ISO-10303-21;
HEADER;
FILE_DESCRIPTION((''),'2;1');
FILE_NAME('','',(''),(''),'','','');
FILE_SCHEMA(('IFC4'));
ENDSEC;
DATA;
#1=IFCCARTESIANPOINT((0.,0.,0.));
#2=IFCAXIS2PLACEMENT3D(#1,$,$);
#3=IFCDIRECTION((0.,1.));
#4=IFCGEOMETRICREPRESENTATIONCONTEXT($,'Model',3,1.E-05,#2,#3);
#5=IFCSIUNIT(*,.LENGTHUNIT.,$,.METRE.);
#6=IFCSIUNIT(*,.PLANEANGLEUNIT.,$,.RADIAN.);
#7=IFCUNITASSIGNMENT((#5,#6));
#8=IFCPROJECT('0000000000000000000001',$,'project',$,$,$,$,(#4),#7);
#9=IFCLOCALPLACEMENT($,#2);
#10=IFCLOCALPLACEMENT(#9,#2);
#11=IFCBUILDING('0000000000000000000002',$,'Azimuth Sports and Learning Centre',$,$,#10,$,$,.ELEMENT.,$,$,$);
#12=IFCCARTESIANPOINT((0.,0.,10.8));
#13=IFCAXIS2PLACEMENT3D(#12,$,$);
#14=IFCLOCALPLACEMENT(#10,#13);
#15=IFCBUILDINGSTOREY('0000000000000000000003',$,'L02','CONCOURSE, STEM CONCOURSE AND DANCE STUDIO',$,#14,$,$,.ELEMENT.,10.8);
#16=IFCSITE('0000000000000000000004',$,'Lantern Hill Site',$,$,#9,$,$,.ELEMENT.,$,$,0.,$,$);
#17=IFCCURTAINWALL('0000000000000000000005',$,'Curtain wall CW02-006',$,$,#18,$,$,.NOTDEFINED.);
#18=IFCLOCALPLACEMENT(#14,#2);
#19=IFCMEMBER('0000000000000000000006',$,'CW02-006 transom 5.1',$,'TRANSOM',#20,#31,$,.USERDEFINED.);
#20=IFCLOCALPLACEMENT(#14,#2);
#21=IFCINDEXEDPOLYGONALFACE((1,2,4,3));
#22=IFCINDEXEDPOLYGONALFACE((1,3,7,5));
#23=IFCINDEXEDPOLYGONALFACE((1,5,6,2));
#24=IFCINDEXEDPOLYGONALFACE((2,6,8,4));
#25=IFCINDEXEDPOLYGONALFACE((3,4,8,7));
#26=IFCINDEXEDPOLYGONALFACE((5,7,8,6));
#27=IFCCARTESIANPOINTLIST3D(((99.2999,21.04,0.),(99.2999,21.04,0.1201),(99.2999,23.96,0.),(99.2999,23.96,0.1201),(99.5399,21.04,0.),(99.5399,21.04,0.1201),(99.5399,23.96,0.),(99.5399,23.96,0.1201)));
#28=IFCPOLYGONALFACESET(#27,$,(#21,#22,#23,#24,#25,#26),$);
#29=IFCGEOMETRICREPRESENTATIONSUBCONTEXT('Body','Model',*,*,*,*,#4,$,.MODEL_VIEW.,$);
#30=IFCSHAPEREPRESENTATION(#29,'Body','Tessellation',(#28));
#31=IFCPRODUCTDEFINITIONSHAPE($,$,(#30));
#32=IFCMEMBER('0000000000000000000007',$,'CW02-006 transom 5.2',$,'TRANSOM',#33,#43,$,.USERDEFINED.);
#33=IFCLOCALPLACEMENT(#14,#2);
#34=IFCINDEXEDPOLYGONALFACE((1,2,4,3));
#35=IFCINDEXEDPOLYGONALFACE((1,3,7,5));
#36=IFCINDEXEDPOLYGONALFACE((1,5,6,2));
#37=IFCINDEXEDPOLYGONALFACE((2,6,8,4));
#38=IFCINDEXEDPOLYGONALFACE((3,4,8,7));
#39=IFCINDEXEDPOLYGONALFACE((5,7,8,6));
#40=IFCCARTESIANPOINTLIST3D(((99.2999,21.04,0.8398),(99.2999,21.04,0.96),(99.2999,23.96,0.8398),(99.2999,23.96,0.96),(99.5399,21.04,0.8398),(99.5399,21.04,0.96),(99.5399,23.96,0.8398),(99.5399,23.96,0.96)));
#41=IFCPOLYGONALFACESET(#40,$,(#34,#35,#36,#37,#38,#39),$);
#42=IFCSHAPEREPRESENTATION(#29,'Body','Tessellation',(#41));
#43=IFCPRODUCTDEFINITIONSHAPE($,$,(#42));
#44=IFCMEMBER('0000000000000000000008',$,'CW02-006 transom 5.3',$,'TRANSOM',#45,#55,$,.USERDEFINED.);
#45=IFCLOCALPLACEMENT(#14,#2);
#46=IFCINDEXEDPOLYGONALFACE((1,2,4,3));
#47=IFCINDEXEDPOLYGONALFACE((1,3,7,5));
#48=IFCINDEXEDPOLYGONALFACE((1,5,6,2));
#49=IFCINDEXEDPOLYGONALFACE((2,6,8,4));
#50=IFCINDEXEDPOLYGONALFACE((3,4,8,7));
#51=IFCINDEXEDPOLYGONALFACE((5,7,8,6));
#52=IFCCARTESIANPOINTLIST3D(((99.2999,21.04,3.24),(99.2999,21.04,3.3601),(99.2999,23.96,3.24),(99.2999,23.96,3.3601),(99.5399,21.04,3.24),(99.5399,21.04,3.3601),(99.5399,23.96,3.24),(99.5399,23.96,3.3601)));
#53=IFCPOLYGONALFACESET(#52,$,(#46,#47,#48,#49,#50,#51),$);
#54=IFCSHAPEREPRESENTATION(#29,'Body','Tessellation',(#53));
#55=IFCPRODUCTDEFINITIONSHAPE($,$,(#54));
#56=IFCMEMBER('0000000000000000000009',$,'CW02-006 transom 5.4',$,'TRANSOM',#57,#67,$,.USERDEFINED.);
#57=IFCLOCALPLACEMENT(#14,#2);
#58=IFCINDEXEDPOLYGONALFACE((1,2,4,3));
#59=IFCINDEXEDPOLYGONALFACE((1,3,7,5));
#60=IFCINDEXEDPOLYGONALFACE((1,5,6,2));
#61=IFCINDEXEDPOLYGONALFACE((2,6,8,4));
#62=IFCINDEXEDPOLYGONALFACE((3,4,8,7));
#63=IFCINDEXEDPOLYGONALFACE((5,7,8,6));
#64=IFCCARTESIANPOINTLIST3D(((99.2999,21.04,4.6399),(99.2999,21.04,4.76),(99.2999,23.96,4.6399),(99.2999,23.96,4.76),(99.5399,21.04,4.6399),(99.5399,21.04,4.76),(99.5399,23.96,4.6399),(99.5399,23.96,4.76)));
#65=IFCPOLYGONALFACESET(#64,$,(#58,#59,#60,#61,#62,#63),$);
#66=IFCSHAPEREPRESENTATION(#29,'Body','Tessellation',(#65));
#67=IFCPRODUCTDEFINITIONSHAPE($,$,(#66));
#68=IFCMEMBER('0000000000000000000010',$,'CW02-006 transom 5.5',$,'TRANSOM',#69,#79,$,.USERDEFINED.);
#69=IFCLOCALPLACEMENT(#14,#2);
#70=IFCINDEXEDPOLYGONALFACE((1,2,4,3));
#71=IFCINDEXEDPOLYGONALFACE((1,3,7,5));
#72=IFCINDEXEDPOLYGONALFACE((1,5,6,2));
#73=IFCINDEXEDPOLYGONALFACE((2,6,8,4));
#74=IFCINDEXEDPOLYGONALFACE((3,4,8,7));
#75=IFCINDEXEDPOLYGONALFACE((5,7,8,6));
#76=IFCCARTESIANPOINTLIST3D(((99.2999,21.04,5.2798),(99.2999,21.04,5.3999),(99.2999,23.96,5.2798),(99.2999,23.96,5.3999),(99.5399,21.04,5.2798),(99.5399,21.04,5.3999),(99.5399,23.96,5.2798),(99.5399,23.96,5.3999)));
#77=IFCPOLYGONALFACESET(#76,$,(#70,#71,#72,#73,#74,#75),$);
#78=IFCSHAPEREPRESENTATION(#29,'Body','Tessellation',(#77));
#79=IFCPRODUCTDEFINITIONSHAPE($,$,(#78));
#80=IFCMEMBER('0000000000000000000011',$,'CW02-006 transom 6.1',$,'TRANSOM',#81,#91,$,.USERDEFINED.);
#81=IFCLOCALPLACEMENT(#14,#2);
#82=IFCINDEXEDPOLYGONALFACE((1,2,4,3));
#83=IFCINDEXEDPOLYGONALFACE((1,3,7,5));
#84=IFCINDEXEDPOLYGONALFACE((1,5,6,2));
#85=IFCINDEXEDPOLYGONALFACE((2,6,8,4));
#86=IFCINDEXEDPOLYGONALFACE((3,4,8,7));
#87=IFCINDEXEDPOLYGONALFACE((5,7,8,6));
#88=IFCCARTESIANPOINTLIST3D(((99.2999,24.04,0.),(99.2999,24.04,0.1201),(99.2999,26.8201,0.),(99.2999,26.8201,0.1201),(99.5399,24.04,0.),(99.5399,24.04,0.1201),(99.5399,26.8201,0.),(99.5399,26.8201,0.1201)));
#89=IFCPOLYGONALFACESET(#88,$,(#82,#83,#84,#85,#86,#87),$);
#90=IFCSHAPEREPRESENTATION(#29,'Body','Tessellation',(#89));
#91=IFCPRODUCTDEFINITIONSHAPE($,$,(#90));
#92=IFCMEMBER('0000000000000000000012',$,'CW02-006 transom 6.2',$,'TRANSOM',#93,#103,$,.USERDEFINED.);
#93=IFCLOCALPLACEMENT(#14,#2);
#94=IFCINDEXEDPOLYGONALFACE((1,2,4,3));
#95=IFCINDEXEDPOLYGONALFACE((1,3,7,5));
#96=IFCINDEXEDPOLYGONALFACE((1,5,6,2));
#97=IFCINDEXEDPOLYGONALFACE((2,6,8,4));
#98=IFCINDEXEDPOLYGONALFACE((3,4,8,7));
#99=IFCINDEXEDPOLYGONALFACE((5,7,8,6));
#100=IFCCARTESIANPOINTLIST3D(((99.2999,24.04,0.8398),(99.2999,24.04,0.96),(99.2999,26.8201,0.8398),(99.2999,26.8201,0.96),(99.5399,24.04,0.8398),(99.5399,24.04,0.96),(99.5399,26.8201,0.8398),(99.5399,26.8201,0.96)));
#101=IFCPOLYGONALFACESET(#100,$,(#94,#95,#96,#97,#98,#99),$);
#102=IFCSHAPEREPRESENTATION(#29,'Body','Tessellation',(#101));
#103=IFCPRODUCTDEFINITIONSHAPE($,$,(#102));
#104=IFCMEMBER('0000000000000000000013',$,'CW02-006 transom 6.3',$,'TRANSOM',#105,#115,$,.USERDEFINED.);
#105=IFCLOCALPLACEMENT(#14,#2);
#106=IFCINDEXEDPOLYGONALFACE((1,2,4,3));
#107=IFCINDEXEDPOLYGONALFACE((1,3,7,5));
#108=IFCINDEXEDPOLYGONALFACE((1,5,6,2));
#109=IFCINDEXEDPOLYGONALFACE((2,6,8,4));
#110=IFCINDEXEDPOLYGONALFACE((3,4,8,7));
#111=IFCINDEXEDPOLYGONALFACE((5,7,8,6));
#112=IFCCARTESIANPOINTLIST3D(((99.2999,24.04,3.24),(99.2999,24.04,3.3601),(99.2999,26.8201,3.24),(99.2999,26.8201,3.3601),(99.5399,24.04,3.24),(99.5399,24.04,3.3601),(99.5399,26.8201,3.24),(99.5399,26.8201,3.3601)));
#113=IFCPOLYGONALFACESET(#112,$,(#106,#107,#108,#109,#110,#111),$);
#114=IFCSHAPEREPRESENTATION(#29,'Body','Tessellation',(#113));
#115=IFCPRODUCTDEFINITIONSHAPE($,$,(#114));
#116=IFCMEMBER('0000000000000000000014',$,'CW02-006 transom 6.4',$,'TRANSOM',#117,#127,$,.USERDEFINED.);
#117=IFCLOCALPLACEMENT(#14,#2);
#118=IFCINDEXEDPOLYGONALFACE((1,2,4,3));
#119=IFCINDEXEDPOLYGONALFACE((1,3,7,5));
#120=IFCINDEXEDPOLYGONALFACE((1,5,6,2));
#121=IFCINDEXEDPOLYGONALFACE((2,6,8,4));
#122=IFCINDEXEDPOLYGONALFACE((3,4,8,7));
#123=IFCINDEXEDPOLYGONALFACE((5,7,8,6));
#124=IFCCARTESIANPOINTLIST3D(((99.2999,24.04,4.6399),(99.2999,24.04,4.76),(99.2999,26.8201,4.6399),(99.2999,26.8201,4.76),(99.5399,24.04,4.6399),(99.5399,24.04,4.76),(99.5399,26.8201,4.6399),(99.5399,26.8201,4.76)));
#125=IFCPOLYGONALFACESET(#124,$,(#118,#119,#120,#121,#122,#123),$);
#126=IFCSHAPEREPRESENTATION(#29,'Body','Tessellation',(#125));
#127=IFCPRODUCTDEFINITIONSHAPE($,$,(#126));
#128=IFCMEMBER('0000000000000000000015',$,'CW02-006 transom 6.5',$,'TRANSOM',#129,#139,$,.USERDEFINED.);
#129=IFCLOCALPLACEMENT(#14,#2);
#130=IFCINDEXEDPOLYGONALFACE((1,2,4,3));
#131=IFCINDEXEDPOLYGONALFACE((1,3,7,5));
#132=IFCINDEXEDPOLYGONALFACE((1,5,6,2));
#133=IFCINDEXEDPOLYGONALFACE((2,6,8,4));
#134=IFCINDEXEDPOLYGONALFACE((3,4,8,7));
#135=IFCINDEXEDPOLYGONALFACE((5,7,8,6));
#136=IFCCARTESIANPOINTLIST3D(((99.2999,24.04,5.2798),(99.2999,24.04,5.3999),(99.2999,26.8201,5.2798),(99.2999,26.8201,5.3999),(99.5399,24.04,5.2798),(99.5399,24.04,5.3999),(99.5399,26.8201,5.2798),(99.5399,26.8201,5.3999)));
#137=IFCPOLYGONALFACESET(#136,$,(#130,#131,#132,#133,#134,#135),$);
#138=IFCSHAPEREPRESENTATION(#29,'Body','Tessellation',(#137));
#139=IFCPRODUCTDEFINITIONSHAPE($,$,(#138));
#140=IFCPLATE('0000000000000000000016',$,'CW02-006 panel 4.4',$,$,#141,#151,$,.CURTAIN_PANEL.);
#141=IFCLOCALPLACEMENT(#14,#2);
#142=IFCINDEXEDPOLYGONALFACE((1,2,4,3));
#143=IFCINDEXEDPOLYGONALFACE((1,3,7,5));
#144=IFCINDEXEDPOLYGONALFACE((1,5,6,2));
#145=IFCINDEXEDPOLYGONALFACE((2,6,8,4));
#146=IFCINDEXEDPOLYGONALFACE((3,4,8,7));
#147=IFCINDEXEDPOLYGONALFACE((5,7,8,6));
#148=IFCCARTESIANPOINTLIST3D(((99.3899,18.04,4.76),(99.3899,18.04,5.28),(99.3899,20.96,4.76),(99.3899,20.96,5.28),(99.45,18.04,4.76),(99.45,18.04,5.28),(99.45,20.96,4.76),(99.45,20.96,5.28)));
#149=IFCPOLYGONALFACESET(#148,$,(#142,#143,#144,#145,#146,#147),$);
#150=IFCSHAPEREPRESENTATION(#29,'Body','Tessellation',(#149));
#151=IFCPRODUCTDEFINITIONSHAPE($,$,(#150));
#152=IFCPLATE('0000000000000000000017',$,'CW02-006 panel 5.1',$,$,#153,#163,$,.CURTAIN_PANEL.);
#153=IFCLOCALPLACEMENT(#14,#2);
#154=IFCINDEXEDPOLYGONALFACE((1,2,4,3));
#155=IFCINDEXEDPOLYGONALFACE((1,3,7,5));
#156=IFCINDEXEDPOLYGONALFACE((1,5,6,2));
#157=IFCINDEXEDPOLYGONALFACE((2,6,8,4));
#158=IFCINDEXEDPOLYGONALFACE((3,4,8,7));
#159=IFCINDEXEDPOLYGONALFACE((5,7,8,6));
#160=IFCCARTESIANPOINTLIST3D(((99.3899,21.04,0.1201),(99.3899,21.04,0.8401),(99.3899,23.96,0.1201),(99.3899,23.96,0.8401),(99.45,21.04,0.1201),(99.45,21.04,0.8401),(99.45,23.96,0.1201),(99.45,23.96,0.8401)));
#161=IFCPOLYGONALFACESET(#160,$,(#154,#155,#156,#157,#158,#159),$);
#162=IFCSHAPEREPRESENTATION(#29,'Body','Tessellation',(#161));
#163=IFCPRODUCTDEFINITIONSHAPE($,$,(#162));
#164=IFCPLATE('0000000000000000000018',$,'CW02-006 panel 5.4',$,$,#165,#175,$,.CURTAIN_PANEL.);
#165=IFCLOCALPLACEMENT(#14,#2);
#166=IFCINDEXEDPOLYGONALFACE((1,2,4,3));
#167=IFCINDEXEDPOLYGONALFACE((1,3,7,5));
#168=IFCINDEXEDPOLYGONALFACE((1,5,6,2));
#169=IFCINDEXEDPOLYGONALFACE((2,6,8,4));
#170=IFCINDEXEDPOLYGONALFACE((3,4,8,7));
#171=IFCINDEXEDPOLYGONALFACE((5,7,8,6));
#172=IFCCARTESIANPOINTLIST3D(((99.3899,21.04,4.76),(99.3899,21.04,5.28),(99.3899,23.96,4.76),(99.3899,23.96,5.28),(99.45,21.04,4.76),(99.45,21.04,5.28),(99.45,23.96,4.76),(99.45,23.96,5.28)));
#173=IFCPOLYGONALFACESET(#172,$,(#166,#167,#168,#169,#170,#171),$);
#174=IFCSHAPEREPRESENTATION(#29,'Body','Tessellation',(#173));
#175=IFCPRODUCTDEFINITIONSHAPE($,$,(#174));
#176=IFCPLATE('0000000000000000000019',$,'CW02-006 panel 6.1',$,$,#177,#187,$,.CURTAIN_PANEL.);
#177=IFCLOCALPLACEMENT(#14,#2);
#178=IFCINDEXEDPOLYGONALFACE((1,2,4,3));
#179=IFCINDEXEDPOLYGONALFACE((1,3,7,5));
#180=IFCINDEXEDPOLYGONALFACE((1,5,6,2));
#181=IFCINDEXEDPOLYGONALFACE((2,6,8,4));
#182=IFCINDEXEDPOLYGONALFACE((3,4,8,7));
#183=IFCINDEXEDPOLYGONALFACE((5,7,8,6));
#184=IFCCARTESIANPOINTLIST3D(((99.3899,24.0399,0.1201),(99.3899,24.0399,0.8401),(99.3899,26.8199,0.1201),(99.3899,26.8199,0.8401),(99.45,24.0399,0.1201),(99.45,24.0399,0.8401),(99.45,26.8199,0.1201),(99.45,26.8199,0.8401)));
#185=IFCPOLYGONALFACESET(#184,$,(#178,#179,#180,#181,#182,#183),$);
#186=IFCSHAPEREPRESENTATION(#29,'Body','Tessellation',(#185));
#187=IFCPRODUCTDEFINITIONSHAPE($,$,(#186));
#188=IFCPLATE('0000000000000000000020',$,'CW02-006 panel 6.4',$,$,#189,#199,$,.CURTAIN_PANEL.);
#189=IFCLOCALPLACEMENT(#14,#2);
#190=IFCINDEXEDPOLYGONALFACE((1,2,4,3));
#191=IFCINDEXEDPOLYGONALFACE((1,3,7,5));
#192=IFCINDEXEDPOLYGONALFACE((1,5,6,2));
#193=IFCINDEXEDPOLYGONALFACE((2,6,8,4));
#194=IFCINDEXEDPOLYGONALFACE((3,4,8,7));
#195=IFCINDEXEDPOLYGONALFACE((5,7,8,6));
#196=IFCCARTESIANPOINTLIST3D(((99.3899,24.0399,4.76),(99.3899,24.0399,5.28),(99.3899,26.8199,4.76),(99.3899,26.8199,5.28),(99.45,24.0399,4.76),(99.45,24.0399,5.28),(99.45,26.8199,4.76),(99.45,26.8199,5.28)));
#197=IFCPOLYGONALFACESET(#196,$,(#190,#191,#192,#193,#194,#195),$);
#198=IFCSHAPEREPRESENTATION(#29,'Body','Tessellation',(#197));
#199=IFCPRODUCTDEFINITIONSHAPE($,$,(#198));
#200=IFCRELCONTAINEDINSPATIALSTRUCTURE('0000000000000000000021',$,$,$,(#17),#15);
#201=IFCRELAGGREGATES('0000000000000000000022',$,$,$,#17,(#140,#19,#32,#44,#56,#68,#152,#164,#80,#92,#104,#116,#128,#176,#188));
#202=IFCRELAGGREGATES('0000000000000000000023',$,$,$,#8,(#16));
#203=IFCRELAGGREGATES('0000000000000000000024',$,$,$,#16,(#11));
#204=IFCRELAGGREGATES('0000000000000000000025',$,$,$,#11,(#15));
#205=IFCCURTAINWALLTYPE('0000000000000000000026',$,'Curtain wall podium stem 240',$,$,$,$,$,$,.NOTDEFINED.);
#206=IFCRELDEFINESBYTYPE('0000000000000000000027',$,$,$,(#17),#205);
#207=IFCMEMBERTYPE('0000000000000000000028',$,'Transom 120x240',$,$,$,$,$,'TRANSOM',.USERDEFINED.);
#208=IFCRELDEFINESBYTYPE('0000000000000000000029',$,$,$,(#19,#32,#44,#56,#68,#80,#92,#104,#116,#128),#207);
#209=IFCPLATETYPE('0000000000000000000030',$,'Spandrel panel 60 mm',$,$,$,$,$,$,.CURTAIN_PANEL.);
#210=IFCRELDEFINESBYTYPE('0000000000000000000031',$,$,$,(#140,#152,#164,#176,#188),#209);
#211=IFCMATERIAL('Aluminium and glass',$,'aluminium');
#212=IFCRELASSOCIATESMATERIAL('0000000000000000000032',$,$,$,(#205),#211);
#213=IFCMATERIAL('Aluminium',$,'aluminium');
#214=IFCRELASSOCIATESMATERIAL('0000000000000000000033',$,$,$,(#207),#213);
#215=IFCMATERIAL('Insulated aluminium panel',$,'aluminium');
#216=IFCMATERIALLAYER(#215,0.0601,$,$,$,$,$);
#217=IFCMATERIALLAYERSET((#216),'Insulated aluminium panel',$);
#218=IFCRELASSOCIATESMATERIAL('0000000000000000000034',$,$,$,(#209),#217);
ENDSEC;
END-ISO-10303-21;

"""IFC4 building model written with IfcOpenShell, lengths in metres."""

from ifc_helpers import new_model, si_unit, direction, frame, origin, origin_2d, place, context, subcontext, project, spatial, rectangle, extrude, material, layer, layer_set, material_profile, profile_set, type_object, element, aggregate, save


model = new_model("IFC4")

# Units and contexts
model_context = context("Model", 3, precision=1e-05, world=origin(), true_north=direction((0.0, 1.0)))
body_context = subcontext(model_context, "Body", "Model", "MODEL_VIEW")
ifc_project = project(units=[si_unit("LENGTHUNIT", "METRE"), si_unit("PLANEANGLEUNIT", "RADIAN")], contexts=[model_context])

# Site, building, storey
site_placement = place(None, origin())
site = spatial("IfcSite", under=ifc_project, at=site_placement, Name="Lantern Hill Site", CompositionType="ELEMENT", RefElevation=0.0)
building_placement = place(site_placement, origin())
building = spatial("IfcBuilding", under=site, at=building_placement, Name="Azimuth Sports and Learning Centre", CompositionType="ELEMENT")
storey_placement = place(building_placement, frame((0.0, 0.0, 10.8)))
storey = spatial("IfcBuildingStorey", under=building, at=storey_placement, Name="L02", Description="CONCOURSE, STEM CONCOURSE AND DANCE STUDIO", CompositionType="ELEMENT", Elevation=10.8)

# Curtain wall, members, plates
ifc_material_1 = material(Name="Aluminium and glass", Category="aluminium")
curtain_wall_type = type_object("IfcCurtainWallType", Name="Curtain wall podium stem 240", PredefinedType="NOTDEFINED", material=ifc_material_1)
curtain_wall_placement = place(storey_placement, origin())
curtain_wall = element("IfcCurtainWall", 1, at=curtain_wall_placement, inside=storey, type_object=curtain_wall_type, Name="Curtain wall CW02-006", PredefinedType="NOTDEFINED")
ifc_material_2 = material(Name="Aluminium", Category="aluminium")
ifc_material_profile_1 = material_profile(ifc_material_2, rectangle(XDim=0.24, YDim=0.1201, at=origin_2d()), Name="Transom 120x240")
ifc_profile_set_1 = profile_set([ifc_material_profile_1], Name="Aluminium")
member_type_1 = type_object("IfcMemberType", Name="Transom 120x240", ElementType="TRANSOM", PredefinedType="USERDEFINED", material=ifc_profile_set_1)
member_1_placement = place(storey_placement, frame((99.4199, 21.04, 0.0601), z_axis=(0.0, 1.0, 0.0), x_axis=(-1.0, 0.0, 0.0)))
member_1 = element("IfcMember", 2, at=member_1_placement, type_object=member_type_1, Name="CW02-006 transom 5.1", ObjectType="TRANSOM", PredefinedType="USERDEFINED", context=body_context, shape_type="SweptSolid", body=[
    extrude(rectangle(XDim=0.24, YDim=0.1201, at=origin_2d()), origin(), (0.0, 0.0, 1.0), 2.9199),
])
member_2_placement = place(storey_placement, frame((99.4199, 21.04, 0.8999), z_axis=(0.0, 1.0, 0.0), x_axis=(-1.0, 0.0, 0.0)))
member_2 = element("IfcMember", 3, at=member_2_placement, type_object=member_type_1, Name="CW02-006 transom 5.2", ObjectType="TRANSOM", PredefinedType="USERDEFINED", context=body_context, shape_type="SweptSolid", body=[
    extrude(rectangle(XDim=0.24, YDim=0.1201, at=origin_2d()), origin(), (0.0, 0.0, 1.0), 2.9199),
])
member_3_placement = place(storey_placement, frame((99.4199, 21.04, 3.3), z_axis=(0.0, 1.0, 0.0), x_axis=(-1.0, 0.0, 0.0)))
member_3 = element("IfcMember", 4, at=member_3_placement, type_object=member_type_1, Name="CW02-006 transom 5.3", ObjectType="TRANSOM", PredefinedType="USERDEFINED", context=body_context, shape_type="SweptSolid", body=[
    extrude(rectangle(XDim=0.24, YDim=0.1201, at=origin_2d()), origin(), (0.0, 0.0, 1.0), 2.9199),
])
member_4_placement = place(storey_placement, frame((99.4199, 21.04, 4.7), z_axis=(0.0, 1.0, 0.0), x_axis=(-1.0, 0.0, 0.0)))
member_4 = element("IfcMember", 5, at=member_4_placement, type_object=member_type_1, Name="CW02-006 transom 5.4", ObjectType="TRANSOM", PredefinedType="USERDEFINED", context=body_context, shape_type="SweptSolid", body=[
    extrude(rectangle(XDim=0.24, YDim=0.1201, at=origin_2d()), origin(), (0.0, 0.0, 1.0), 2.9199),
])
member_5_placement = place(storey_placement, frame((99.4199, 21.04, 5.3398), z_axis=(0.0, 1.0, 0.0), x_axis=(-1.0, 0.0, 0.0)))
member_5 = element("IfcMember", 6, at=member_5_placement, type_object=member_type_1, Name="CW02-006 transom 5.5", ObjectType="TRANSOM", PredefinedType="USERDEFINED", context=body_context, shape_type="SweptSolid", body=[
    extrude(rectangle(XDim=0.24, YDim=0.1201, at=origin_2d()), origin(), (0.0, 0.0, 1.0), 2.9199),
])
member_6_placement = place(storey_placement, frame((99.4199, 24.04, 0.0601), z_axis=(0.0, 1.0, 0.0), x_axis=(-1.0, 0.0, 0.0)))
member_6 = element("IfcMember", 7, at=member_6_placement, type_object=member_type_1, Name="CW02-006 transom 6.1", ObjectType="TRANSOM", PredefinedType="USERDEFINED", context=body_context, shape_type="SweptSolid", body=[
    extrude(rectangle(XDim=0.24, YDim=0.1201, at=origin_2d()), origin(), (0.0, 0.0, 1.0), 2.78),
])
member_7_placement = place(storey_placement, frame((99.4199, 24.04, 0.8999), z_axis=(0.0, 1.0, 0.0), x_axis=(-1.0, 0.0, 0.0)))
member_7 = element("IfcMember", 8, at=member_7_placement, type_object=member_type_1, Name="CW02-006 transom 6.2", ObjectType="TRANSOM", PredefinedType="USERDEFINED", context=body_context, shape_type="SweptSolid", body=[
    extrude(rectangle(XDim=0.24, YDim=0.1201, at=origin_2d()), origin(), (0.0, 0.0, 1.0), 2.78),
])
member_8_placement = place(storey_placement, frame((99.4199, 24.04, 3.3), z_axis=(0.0, 1.0, 0.0), x_axis=(-1.0, 0.0, 0.0)))
member_8 = element("IfcMember", 9, at=member_8_placement, type_object=member_type_1, Name="CW02-006 transom 6.3", ObjectType="TRANSOM", PredefinedType="USERDEFINED", context=body_context, shape_type="SweptSolid", body=[
    extrude(rectangle(XDim=0.24, YDim=0.1201, at=origin_2d()), origin(), (0.0, 0.0, 1.0), 2.78),
])
member_9_placement = place(storey_placement, frame((99.4199, 24.04, 4.7), z_axis=(0.0, 1.0, 0.0), x_axis=(-1.0, 0.0, 0.0)))
member_9 = element("IfcMember", 10, at=member_9_placement, type_object=member_type_1, Name="CW02-006 transom 6.4", ObjectType="TRANSOM", PredefinedType="USERDEFINED", context=body_context, shape_type="SweptSolid", body=[
    extrude(rectangle(XDim=0.24, YDim=0.1201, at=origin_2d()), origin(), (0.0, 0.0, 1.0), 2.78),
])
member_10_placement = place(storey_placement, frame((99.4199, 24.04, 5.3398), z_axis=(0.0, 1.0, 0.0), x_axis=(-1.0, 0.0, 0.0)))
member_10 = element("IfcMember", 11, at=member_10_placement, type_object=member_type_1, Name="CW02-006 transom 6.5", ObjectType="TRANSOM", PredefinedType="USERDEFINED", context=body_context, shape_type="SweptSolid", body=[
    extrude(rectangle(XDim=0.24, YDim=0.1201, at=origin_2d()), origin(), (0.0, 0.0, 1.0), 2.78),
])
ifc_material_3 = material(Name="Insulated aluminium panel", Category="aluminium")
ifc_layer_1 = layer(ifc_material_3, 0.0601)
ifc_layer_set_1 = layer_set([ifc_layer_1], Name="Insulated aluminium panel")
plate_type_1 = type_object("IfcPlateType", Name="Spandrel panel 60 mm", PredefinedType="CURTAIN_PANEL", material=ifc_layer_set_1)
plate_1_placement = place(storey_placement, frame((99.4199, 19.5, 4.76), z_axis=(0.0, 0.0, 1.0), x_axis=(0.0, 1.0, 0.0)))
plate_1 = element("IfcPlate", 12, at=plate_1_placement, type_object=plate_type_1, Name="CW02-006 panel 4.4", PredefinedType="CURTAIN_PANEL", context=body_context, shape_type="SweptSolid", body=[
    extrude(rectangle(XDim=2.9199, YDim=0.0601, at=origin_2d()), origin(), (0.0, 0.0, 1.0), 0.52),
])
plate_2_placement = place(storey_placement, frame((99.4199, 22.5, 0.1201), z_axis=(0.0, 0.0, 1.0), x_axis=(0.0, 1.0, 0.0)))
plate_2 = element("IfcPlate", 13, at=plate_2_placement, type_object=plate_type_1, Name="CW02-006 panel 5.1", PredefinedType="CURTAIN_PANEL", context=body_context, shape_type="SweptSolid", body=[
    extrude(rectangle(XDim=2.9199, YDim=0.0601, at=origin_2d()), origin(), (0.0, 0.0, 1.0), 0.72),
])
plate_3_placement = place(storey_placement, frame((99.4199, 22.5, 4.76), z_axis=(0.0, 0.0, 1.0), x_axis=(0.0, 1.0, 0.0)))
plate_3 = element("IfcPlate", 14, at=plate_3_placement, type_object=plate_type_1, Name="CW02-006 panel 5.4", PredefinedType="CURTAIN_PANEL", context=body_context, shape_type="SweptSolid", body=[
    extrude(rectangle(XDim=2.9199, YDim=0.0601, at=origin_2d()), origin(), (0.0, 0.0, 1.0), 0.52),
])
plate_4_placement = place(storey_placement, frame((99.4199, 25.4299, 0.1201), z_axis=(0.0, 0.0, 1.0), x_axis=(0.0, 1.0, 0.0)))
plate_4 = element("IfcPlate", 15, at=plate_4_placement, type_object=plate_type_1, Name="CW02-006 panel 6.1", PredefinedType="CURTAIN_PANEL", context=body_context, shape_type="SweptSolid", body=[
    extrude(rectangle(XDim=2.78, YDim=0.0601, at=origin_2d()), origin(), (0.0, 0.0, 1.0), 0.72),
])
plate_5_placement = place(storey_placement, frame((99.4199, 25.4299, 4.76), z_axis=(0.0, 0.0, 1.0), x_axis=(0.0, 1.0, 0.0)))
plate_5 = element("IfcPlate", 16, at=plate_5_placement, type_object=plate_type_1, Name="CW02-006 panel 6.4", PredefinedType="CURTAIN_PANEL", context=body_context, shape_type="SweptSolid", body=[
    extrude(rectangle(XDim=2.78, YDim=0.0601, at=origin_2d()), origin(), (0.0, 0.0, 1.0), 0.52),
])
aggregate(curtain_wall, [plate_1, member_1, member_2, member_3, member_4, member_5, plate_2, plate_3, member_6, member_7, member_8, member_9, member_10, plate_4, plate_5])

save(model, "model.ifc")
